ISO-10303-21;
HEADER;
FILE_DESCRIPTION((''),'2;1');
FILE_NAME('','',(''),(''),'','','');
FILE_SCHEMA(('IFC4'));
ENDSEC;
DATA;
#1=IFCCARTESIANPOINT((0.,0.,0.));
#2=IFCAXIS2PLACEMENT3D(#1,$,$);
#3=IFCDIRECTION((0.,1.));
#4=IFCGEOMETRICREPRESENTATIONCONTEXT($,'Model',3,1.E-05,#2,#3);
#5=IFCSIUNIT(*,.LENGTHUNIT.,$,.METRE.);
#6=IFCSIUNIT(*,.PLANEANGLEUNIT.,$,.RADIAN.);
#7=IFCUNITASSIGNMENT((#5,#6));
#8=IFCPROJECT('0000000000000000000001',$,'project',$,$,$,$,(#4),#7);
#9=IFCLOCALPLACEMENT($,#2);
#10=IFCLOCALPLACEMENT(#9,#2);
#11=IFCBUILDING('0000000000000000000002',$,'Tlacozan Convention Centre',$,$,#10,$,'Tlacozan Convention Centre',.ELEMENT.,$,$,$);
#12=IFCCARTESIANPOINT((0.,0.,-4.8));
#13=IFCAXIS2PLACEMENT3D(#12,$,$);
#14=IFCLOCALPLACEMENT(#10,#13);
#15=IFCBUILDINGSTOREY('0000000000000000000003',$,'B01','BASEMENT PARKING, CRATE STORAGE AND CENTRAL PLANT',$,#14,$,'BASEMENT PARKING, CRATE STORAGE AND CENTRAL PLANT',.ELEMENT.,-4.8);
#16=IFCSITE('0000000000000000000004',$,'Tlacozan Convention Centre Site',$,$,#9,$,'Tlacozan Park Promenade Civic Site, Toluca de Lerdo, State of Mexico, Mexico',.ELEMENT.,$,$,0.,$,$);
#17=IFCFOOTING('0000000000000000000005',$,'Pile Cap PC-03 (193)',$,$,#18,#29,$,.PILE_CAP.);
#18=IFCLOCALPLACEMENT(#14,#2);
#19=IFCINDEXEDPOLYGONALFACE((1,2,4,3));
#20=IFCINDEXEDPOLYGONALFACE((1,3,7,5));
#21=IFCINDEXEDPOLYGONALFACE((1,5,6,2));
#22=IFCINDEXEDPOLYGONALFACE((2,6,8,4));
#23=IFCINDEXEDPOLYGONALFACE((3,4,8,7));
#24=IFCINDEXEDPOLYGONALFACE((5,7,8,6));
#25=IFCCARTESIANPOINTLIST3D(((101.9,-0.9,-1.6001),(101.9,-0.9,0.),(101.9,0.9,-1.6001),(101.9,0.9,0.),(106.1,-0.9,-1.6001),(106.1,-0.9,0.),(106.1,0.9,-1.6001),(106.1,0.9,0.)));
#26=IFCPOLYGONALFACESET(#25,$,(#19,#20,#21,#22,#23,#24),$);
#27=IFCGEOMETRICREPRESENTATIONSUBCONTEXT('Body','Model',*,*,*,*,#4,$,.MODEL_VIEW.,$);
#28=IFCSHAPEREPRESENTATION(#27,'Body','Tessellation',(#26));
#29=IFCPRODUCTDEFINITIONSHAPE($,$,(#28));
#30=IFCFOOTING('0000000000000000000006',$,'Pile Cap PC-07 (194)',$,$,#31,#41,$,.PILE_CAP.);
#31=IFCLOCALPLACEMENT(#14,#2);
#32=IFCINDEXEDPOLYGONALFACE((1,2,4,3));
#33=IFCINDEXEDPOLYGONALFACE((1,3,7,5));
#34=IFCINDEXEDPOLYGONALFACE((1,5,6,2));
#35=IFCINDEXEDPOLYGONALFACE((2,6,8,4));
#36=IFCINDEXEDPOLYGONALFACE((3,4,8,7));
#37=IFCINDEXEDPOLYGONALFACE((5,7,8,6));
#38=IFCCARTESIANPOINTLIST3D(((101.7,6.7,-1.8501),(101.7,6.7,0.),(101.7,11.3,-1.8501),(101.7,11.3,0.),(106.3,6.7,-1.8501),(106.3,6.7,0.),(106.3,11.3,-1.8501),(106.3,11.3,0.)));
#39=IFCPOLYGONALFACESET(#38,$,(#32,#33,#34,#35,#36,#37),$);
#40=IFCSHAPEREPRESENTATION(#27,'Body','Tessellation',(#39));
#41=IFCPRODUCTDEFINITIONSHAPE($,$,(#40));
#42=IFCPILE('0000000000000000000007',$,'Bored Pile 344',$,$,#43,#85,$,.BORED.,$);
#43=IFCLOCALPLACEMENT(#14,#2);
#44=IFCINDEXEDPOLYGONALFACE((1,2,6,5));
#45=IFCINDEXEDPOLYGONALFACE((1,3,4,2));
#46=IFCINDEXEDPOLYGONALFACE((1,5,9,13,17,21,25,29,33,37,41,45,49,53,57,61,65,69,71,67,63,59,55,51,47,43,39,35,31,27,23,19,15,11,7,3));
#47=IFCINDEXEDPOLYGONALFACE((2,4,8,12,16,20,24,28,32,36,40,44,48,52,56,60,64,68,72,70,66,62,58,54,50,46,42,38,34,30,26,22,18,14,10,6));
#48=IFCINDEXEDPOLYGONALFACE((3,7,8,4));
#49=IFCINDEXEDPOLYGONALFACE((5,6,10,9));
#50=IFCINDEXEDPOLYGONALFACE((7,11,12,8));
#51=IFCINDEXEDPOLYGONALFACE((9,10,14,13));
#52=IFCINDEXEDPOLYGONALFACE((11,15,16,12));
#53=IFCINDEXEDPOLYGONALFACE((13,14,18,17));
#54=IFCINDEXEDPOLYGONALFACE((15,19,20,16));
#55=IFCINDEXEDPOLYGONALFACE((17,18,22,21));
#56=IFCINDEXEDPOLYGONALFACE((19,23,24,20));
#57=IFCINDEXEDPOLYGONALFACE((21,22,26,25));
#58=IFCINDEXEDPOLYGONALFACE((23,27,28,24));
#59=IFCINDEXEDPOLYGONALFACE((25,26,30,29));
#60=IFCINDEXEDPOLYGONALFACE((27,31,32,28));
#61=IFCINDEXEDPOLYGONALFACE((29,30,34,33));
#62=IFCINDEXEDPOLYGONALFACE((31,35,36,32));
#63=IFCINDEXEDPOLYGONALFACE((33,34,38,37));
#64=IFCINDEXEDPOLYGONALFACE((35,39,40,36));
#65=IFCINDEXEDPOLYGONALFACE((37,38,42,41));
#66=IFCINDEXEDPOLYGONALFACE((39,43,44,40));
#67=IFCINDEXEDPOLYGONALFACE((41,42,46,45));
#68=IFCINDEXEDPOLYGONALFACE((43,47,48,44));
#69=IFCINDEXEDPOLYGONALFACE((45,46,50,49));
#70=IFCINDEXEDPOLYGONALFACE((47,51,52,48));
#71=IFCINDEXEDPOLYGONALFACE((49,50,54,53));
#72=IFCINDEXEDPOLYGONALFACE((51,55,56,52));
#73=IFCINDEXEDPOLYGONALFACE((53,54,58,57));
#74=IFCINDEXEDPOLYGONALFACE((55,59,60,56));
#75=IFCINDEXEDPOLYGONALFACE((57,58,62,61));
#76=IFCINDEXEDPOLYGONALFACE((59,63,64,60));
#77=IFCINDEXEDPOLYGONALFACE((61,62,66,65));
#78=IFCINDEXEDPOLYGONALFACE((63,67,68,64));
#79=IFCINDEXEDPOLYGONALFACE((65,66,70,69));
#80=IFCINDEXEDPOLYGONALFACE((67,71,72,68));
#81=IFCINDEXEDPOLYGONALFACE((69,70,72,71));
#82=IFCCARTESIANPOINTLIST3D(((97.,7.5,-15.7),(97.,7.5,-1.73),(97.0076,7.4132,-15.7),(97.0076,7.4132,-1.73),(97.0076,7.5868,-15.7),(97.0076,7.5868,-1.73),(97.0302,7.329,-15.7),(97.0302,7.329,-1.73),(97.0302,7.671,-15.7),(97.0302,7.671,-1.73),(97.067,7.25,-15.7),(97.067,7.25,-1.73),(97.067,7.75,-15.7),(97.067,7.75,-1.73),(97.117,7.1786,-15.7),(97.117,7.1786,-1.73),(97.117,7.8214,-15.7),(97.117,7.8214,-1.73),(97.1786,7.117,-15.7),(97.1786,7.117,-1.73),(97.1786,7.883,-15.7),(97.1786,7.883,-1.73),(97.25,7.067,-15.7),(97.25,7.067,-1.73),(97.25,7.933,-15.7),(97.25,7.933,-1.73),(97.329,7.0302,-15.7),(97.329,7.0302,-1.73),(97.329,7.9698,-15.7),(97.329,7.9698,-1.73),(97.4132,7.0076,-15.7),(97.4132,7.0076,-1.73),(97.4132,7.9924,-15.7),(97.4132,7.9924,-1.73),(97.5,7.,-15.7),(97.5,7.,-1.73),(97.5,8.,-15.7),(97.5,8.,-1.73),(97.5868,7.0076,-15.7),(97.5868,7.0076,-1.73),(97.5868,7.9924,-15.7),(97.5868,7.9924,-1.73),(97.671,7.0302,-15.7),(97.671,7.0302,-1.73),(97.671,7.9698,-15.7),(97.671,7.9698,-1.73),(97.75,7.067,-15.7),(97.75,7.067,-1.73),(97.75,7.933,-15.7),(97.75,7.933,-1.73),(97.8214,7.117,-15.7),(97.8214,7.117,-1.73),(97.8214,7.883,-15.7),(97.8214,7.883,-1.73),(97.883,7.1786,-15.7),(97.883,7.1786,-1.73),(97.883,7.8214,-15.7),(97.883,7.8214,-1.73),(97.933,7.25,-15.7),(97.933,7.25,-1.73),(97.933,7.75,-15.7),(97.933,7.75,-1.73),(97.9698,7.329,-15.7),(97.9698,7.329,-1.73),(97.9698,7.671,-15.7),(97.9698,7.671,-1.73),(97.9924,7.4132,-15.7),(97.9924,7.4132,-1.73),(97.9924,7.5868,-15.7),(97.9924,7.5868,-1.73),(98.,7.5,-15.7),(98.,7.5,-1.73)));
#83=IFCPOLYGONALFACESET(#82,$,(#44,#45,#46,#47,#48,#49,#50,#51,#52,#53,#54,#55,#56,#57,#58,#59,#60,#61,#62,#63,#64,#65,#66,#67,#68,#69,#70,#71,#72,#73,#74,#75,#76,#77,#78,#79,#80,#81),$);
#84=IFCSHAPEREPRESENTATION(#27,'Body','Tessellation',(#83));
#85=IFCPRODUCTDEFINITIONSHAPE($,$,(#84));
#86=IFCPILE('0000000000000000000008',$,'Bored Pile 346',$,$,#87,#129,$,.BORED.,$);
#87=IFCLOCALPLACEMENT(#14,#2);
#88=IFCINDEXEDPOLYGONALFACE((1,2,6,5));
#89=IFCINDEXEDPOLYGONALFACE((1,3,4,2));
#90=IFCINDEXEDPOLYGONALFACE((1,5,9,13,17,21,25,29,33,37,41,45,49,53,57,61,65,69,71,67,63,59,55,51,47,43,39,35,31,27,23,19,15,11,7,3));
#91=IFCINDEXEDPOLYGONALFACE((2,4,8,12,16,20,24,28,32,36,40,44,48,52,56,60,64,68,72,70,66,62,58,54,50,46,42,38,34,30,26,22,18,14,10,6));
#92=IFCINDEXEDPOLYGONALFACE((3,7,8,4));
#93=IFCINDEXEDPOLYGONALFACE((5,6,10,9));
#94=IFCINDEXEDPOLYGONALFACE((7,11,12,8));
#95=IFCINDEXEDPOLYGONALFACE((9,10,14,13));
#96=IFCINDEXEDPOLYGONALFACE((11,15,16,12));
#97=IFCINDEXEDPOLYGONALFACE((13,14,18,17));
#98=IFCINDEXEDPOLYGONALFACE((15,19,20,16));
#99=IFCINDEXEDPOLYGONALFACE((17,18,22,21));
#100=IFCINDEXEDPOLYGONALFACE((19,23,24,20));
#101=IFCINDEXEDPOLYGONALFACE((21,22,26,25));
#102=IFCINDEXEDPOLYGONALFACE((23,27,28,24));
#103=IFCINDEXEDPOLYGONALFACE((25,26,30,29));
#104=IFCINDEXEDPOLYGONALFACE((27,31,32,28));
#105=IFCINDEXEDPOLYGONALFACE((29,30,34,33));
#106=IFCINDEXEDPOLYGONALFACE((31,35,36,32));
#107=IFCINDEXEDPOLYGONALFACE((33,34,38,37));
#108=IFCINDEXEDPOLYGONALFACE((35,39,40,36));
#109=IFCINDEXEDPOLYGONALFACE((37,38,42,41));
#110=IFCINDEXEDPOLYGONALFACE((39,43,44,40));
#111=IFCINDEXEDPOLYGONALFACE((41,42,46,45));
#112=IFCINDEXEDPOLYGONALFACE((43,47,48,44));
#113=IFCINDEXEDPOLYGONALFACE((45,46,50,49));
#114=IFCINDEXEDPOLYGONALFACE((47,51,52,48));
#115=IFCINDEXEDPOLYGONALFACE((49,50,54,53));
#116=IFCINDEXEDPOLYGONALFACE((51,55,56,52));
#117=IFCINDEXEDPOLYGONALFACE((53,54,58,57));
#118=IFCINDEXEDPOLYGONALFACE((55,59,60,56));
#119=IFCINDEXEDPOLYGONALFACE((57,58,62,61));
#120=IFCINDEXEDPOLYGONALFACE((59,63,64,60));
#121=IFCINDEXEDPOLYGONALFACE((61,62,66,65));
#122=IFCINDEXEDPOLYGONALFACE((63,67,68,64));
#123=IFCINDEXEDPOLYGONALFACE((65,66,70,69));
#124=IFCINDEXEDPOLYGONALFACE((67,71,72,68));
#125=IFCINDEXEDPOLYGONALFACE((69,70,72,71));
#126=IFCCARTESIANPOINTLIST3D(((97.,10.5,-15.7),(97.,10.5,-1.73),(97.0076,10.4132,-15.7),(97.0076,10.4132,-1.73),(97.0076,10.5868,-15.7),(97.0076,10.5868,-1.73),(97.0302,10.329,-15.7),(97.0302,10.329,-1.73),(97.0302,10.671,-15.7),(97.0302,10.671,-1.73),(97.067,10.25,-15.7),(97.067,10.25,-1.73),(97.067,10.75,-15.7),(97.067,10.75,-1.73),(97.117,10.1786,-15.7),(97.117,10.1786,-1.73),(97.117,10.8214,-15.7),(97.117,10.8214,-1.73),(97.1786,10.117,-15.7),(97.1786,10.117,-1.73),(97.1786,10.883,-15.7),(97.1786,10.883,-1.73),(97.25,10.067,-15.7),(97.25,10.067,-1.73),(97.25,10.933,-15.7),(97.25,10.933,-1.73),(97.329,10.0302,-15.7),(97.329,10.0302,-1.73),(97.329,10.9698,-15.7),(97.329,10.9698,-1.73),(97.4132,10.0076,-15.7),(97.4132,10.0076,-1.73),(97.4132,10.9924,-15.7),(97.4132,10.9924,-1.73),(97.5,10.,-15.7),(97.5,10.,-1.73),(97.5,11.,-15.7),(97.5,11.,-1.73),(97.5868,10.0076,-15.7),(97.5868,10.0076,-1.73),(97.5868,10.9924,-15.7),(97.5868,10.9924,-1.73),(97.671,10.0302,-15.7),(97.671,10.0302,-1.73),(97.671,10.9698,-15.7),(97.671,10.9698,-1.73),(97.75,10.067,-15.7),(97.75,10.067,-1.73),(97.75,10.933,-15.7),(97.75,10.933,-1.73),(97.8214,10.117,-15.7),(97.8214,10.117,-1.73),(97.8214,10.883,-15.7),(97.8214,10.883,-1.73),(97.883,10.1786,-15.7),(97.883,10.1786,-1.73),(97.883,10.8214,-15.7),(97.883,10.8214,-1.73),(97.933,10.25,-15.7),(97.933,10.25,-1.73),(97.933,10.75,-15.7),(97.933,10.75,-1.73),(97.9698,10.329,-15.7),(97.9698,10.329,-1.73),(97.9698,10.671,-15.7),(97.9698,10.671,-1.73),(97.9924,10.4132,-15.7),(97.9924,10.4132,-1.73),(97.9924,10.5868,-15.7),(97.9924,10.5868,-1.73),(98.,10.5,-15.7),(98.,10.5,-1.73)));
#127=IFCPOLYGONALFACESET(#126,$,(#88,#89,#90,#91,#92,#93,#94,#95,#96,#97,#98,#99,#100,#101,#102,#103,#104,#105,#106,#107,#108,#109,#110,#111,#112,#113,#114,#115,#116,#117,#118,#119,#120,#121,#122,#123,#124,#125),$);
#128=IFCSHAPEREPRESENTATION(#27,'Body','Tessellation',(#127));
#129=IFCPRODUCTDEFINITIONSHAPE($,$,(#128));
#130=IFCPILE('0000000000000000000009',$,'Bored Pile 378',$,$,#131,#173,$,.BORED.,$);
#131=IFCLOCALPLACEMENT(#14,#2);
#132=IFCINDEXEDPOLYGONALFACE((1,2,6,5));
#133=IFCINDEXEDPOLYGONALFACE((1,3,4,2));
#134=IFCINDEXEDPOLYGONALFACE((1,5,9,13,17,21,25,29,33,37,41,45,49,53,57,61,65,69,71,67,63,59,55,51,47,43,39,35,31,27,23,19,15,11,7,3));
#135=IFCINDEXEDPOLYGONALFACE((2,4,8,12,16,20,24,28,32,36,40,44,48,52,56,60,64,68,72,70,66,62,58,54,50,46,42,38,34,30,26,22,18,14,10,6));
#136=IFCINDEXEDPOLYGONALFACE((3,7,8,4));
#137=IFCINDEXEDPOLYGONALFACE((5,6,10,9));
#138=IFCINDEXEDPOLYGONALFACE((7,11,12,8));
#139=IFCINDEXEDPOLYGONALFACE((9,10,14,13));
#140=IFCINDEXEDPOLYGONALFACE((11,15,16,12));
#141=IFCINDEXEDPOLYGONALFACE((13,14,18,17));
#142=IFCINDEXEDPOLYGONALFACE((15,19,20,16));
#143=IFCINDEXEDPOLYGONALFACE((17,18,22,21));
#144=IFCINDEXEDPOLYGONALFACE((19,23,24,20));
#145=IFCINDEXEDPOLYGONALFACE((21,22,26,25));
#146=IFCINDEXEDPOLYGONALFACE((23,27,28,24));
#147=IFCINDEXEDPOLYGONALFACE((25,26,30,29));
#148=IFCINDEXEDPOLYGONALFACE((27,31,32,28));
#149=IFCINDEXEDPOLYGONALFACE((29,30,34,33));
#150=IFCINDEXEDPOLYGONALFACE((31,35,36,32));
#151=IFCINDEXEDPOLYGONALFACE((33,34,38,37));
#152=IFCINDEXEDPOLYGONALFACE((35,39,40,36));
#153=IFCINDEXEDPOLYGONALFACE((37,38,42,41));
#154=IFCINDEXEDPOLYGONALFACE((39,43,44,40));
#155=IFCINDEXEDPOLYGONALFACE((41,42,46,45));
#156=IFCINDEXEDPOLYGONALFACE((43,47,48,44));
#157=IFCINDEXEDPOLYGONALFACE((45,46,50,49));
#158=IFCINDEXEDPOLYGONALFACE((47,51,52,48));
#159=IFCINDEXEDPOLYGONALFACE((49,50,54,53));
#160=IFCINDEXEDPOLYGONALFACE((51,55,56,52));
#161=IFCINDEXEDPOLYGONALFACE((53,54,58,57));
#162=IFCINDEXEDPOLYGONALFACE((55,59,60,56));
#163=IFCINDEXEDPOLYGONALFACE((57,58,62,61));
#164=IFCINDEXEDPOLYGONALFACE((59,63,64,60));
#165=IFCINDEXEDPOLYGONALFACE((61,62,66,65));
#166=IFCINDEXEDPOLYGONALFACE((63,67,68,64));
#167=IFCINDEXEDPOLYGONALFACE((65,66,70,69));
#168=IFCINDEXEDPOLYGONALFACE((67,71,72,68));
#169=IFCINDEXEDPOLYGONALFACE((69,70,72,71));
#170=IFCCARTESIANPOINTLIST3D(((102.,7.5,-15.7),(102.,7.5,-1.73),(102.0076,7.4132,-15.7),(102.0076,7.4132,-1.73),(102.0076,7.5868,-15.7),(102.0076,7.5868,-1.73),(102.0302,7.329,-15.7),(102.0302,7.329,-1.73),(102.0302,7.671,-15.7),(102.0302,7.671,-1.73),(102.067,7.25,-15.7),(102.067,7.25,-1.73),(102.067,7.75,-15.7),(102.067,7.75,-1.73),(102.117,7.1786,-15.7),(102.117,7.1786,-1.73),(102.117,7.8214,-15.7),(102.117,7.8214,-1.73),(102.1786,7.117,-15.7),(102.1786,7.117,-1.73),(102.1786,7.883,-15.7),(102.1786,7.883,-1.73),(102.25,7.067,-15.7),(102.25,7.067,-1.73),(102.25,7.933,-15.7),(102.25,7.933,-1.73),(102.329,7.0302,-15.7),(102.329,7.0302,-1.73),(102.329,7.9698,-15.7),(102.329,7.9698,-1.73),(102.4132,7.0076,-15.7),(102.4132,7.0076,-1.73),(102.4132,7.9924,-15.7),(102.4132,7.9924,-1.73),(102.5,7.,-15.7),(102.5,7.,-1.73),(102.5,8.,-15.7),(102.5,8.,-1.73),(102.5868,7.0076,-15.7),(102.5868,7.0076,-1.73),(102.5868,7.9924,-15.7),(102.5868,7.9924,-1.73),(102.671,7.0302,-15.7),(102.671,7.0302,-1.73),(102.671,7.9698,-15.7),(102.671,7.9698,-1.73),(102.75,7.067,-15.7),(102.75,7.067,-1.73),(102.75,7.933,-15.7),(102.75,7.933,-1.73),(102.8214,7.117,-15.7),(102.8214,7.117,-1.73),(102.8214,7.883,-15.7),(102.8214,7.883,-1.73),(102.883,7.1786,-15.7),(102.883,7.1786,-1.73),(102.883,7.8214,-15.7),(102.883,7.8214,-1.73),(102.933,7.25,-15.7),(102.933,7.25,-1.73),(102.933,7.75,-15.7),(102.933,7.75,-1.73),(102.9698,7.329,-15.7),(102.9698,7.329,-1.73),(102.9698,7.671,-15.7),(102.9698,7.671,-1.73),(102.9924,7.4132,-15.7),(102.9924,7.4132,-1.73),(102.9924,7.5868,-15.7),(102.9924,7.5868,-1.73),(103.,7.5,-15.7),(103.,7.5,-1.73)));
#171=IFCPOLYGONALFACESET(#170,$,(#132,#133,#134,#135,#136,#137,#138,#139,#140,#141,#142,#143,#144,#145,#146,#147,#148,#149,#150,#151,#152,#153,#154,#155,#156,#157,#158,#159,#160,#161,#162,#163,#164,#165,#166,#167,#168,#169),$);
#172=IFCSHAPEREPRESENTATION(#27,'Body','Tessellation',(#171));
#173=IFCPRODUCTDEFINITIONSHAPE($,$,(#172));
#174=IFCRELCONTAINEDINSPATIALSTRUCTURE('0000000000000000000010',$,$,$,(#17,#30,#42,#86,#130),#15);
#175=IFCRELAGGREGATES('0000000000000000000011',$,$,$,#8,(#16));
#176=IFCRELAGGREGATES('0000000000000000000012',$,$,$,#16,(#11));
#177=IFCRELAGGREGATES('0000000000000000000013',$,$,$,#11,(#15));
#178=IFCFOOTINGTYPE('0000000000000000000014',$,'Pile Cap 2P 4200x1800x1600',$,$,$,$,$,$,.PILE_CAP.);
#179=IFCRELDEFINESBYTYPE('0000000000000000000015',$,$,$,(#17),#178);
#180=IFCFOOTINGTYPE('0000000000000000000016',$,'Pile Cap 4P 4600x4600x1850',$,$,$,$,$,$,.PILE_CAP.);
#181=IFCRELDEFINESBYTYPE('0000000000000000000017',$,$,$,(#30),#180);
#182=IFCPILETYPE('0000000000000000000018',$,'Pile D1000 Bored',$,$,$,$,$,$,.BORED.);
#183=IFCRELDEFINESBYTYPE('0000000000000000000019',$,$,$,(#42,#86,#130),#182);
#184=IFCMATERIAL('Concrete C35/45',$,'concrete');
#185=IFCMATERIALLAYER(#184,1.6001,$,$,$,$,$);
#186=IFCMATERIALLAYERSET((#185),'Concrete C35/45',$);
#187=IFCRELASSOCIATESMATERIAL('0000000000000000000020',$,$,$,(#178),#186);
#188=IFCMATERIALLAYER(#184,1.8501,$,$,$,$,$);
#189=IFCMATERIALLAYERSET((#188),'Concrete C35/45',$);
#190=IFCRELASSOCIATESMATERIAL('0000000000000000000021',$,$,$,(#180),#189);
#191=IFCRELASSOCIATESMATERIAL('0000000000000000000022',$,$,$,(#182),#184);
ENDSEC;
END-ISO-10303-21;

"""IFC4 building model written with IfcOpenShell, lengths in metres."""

from ifc_helpers import new_model, si_unit, direction, frame, origin, origin_2d, place, context, subcontext, project, spatial, rectangle, circle, extrude, material, layer, layer_set, material_profile, profile_set, type_object, element, save


model = new_model("IFC4")

# Units and contexts
model_context = context("Model", 3, precision=1e-05, world=origin(), true_north=direction((0.0, 1.0)))
body_context = subcontext(model_context, "Body", "Model", "MODEL_VIEW")
ifc_project = project(units=[si_unit("LENGTHUNIT", "METRE"), si_unit("PLANEANGLEUNIT", "RADIAN")], contexts=[model_context])

# Site, building, storey
site_placement = place(None, origin())
site = spatial("IfcSite", under=ifc_project, at=site_placement, Name="Tlacozan Convention Centre Site", LongName="Tlacozan Park Promenade Civic Site, Toluca de Lerdo, State of Mexico, Mexico", CompositionType="ELEMENT", RefElevation=0.0)
building_placement = place(site_placement, origin())
building = spatial("IfcBuilding", under=site, at=building_placement, Name="Tlacozan Convention Centre", LongName="Tlacozan Convention Centre", CompositionType="ELEMENT")
storey_placement = place(building_placement, frame((0.0, 0.0, -4.8)))
storey = spatial("IfcBuildingStorey", under=building, at=storey_placement, Name="B01", Description="BASEMENT PARKING, CRATE STORAGE AND CENTRAL PLANT", LongName="BASEMENT PARKING, CRATE STORAGE AND CENTRAL PLANT", CompositionType="ELEMENT", Elevation=-4.8)

# Footings
ifc_material_1 = material(Name="Concrete C35/45", Category="concrete")
ifc_layer_1 = layer(ifc_material_1, 1.6001)
ifc_layer_set_1 = layer_set([ifc_layer_1], Name="Concrete C35/45")
footing_type_1 = type_object("IfcFootingType", Name="Pile Cap 2P 4200x1800x1600", PredefinedType="PILE_CAP", material=ifc_layer_set_1)
footing_1_placement = place(storey_placement, frame((104.0, 0.0, -1.6001), z_axis=(0.0, 0.0, 1.0), x_axis=(1.0, 0.0, 0.0)))
element("IfcFooting", 1, at=footing_1_placement, inside=storey, type_object=footing_type_1, Name="Pile Cap PC-03 (193)", PredefinedType="PILE_CAP", context=body_context, shape_type="SweptSolid", body=[
    extrude(rectangle(XDim=4.2, YDim=1.8, at=origin_2d()), origin(), (0.0, 0.0, 1.0), 1.6001),
])
ifc_layer_2 = layer(ifc_material_1, 1.8501)
ifc_layer_set_2 = layer_set([ifc_layer_2], Name="Concrete C35/45")
footing_type_2 = type_object("IfcFootingType", Name="Pile Cap 4P 4600x4600x1850", PredefinedType="PILE_CAP", material=ifc_layer_set_2)
footing_2_placement = place(storey_placement, frame((104.0, 9.0, -1.8501), z_axis=(0.0, 0.0, 1.0), x_axis=(1.0, 0.0, 0.0)))
element("IfcFooting", 2, at=footing_2_placement, inside=storey, type_object=footing_type_2, Name="Pile Cap PC-07 (194)", PredefinedType="PILE_CAP", context=body_context, shape_type="SweptSolid", body=[
    extrude(rectangle(XDim=4.6001, YDim=4.6001, at=origin_2d()), origin(), (0.0, 0.0, 1.0), 1.8501),
])

# Piles
ifc_material_profile_1 = material_profile(ifc_material_1, circle(Radius=0.5, at=origin_2d()), Name="PILE D1000")
ifc_profile_set_1 = profile_set([ifc_material_profile_1], Name="Concrete C35/45")
pile_type_1 = type_object("IfcPileType", Name="Pile D1000 Bored", PredefinedType="BORED", material=ifc_profile_set_1)
for number, where, z_axis, x_axis, name in (
    (3, (97.5, 7.5, -1.73), (0.0, 0.0, -1.0), (1.0, 0.0, 0.0), "Bored Pile 344"),
    (4, (97.5, 10.5, -1.73), (0.0, 0.0, -1.0), (1.0, 0.0, 0.0), "Bored Pile 346"),
    (5, (102.5, 7.5, -1.73), (0.0, 0.0, -1.0), (1.0, 0.0, 0.0), "Bored Pile 378"),
):
    element("IfcPile", number, at=place(storey_placement, frame(where, z_axis=z_axis, x_axis=x_axis)), inside=storey, type_object=pile_type_1, Name=name, PredefinedType="BORED", context=body_context, shape_type="SweptSolid", body=[
        extrude(circle(Radius=0.5, at=origin_2d()), origin(), (0.0, 0.0, 1.0), 13.97),
    ])

save(model, "model.ifc")
